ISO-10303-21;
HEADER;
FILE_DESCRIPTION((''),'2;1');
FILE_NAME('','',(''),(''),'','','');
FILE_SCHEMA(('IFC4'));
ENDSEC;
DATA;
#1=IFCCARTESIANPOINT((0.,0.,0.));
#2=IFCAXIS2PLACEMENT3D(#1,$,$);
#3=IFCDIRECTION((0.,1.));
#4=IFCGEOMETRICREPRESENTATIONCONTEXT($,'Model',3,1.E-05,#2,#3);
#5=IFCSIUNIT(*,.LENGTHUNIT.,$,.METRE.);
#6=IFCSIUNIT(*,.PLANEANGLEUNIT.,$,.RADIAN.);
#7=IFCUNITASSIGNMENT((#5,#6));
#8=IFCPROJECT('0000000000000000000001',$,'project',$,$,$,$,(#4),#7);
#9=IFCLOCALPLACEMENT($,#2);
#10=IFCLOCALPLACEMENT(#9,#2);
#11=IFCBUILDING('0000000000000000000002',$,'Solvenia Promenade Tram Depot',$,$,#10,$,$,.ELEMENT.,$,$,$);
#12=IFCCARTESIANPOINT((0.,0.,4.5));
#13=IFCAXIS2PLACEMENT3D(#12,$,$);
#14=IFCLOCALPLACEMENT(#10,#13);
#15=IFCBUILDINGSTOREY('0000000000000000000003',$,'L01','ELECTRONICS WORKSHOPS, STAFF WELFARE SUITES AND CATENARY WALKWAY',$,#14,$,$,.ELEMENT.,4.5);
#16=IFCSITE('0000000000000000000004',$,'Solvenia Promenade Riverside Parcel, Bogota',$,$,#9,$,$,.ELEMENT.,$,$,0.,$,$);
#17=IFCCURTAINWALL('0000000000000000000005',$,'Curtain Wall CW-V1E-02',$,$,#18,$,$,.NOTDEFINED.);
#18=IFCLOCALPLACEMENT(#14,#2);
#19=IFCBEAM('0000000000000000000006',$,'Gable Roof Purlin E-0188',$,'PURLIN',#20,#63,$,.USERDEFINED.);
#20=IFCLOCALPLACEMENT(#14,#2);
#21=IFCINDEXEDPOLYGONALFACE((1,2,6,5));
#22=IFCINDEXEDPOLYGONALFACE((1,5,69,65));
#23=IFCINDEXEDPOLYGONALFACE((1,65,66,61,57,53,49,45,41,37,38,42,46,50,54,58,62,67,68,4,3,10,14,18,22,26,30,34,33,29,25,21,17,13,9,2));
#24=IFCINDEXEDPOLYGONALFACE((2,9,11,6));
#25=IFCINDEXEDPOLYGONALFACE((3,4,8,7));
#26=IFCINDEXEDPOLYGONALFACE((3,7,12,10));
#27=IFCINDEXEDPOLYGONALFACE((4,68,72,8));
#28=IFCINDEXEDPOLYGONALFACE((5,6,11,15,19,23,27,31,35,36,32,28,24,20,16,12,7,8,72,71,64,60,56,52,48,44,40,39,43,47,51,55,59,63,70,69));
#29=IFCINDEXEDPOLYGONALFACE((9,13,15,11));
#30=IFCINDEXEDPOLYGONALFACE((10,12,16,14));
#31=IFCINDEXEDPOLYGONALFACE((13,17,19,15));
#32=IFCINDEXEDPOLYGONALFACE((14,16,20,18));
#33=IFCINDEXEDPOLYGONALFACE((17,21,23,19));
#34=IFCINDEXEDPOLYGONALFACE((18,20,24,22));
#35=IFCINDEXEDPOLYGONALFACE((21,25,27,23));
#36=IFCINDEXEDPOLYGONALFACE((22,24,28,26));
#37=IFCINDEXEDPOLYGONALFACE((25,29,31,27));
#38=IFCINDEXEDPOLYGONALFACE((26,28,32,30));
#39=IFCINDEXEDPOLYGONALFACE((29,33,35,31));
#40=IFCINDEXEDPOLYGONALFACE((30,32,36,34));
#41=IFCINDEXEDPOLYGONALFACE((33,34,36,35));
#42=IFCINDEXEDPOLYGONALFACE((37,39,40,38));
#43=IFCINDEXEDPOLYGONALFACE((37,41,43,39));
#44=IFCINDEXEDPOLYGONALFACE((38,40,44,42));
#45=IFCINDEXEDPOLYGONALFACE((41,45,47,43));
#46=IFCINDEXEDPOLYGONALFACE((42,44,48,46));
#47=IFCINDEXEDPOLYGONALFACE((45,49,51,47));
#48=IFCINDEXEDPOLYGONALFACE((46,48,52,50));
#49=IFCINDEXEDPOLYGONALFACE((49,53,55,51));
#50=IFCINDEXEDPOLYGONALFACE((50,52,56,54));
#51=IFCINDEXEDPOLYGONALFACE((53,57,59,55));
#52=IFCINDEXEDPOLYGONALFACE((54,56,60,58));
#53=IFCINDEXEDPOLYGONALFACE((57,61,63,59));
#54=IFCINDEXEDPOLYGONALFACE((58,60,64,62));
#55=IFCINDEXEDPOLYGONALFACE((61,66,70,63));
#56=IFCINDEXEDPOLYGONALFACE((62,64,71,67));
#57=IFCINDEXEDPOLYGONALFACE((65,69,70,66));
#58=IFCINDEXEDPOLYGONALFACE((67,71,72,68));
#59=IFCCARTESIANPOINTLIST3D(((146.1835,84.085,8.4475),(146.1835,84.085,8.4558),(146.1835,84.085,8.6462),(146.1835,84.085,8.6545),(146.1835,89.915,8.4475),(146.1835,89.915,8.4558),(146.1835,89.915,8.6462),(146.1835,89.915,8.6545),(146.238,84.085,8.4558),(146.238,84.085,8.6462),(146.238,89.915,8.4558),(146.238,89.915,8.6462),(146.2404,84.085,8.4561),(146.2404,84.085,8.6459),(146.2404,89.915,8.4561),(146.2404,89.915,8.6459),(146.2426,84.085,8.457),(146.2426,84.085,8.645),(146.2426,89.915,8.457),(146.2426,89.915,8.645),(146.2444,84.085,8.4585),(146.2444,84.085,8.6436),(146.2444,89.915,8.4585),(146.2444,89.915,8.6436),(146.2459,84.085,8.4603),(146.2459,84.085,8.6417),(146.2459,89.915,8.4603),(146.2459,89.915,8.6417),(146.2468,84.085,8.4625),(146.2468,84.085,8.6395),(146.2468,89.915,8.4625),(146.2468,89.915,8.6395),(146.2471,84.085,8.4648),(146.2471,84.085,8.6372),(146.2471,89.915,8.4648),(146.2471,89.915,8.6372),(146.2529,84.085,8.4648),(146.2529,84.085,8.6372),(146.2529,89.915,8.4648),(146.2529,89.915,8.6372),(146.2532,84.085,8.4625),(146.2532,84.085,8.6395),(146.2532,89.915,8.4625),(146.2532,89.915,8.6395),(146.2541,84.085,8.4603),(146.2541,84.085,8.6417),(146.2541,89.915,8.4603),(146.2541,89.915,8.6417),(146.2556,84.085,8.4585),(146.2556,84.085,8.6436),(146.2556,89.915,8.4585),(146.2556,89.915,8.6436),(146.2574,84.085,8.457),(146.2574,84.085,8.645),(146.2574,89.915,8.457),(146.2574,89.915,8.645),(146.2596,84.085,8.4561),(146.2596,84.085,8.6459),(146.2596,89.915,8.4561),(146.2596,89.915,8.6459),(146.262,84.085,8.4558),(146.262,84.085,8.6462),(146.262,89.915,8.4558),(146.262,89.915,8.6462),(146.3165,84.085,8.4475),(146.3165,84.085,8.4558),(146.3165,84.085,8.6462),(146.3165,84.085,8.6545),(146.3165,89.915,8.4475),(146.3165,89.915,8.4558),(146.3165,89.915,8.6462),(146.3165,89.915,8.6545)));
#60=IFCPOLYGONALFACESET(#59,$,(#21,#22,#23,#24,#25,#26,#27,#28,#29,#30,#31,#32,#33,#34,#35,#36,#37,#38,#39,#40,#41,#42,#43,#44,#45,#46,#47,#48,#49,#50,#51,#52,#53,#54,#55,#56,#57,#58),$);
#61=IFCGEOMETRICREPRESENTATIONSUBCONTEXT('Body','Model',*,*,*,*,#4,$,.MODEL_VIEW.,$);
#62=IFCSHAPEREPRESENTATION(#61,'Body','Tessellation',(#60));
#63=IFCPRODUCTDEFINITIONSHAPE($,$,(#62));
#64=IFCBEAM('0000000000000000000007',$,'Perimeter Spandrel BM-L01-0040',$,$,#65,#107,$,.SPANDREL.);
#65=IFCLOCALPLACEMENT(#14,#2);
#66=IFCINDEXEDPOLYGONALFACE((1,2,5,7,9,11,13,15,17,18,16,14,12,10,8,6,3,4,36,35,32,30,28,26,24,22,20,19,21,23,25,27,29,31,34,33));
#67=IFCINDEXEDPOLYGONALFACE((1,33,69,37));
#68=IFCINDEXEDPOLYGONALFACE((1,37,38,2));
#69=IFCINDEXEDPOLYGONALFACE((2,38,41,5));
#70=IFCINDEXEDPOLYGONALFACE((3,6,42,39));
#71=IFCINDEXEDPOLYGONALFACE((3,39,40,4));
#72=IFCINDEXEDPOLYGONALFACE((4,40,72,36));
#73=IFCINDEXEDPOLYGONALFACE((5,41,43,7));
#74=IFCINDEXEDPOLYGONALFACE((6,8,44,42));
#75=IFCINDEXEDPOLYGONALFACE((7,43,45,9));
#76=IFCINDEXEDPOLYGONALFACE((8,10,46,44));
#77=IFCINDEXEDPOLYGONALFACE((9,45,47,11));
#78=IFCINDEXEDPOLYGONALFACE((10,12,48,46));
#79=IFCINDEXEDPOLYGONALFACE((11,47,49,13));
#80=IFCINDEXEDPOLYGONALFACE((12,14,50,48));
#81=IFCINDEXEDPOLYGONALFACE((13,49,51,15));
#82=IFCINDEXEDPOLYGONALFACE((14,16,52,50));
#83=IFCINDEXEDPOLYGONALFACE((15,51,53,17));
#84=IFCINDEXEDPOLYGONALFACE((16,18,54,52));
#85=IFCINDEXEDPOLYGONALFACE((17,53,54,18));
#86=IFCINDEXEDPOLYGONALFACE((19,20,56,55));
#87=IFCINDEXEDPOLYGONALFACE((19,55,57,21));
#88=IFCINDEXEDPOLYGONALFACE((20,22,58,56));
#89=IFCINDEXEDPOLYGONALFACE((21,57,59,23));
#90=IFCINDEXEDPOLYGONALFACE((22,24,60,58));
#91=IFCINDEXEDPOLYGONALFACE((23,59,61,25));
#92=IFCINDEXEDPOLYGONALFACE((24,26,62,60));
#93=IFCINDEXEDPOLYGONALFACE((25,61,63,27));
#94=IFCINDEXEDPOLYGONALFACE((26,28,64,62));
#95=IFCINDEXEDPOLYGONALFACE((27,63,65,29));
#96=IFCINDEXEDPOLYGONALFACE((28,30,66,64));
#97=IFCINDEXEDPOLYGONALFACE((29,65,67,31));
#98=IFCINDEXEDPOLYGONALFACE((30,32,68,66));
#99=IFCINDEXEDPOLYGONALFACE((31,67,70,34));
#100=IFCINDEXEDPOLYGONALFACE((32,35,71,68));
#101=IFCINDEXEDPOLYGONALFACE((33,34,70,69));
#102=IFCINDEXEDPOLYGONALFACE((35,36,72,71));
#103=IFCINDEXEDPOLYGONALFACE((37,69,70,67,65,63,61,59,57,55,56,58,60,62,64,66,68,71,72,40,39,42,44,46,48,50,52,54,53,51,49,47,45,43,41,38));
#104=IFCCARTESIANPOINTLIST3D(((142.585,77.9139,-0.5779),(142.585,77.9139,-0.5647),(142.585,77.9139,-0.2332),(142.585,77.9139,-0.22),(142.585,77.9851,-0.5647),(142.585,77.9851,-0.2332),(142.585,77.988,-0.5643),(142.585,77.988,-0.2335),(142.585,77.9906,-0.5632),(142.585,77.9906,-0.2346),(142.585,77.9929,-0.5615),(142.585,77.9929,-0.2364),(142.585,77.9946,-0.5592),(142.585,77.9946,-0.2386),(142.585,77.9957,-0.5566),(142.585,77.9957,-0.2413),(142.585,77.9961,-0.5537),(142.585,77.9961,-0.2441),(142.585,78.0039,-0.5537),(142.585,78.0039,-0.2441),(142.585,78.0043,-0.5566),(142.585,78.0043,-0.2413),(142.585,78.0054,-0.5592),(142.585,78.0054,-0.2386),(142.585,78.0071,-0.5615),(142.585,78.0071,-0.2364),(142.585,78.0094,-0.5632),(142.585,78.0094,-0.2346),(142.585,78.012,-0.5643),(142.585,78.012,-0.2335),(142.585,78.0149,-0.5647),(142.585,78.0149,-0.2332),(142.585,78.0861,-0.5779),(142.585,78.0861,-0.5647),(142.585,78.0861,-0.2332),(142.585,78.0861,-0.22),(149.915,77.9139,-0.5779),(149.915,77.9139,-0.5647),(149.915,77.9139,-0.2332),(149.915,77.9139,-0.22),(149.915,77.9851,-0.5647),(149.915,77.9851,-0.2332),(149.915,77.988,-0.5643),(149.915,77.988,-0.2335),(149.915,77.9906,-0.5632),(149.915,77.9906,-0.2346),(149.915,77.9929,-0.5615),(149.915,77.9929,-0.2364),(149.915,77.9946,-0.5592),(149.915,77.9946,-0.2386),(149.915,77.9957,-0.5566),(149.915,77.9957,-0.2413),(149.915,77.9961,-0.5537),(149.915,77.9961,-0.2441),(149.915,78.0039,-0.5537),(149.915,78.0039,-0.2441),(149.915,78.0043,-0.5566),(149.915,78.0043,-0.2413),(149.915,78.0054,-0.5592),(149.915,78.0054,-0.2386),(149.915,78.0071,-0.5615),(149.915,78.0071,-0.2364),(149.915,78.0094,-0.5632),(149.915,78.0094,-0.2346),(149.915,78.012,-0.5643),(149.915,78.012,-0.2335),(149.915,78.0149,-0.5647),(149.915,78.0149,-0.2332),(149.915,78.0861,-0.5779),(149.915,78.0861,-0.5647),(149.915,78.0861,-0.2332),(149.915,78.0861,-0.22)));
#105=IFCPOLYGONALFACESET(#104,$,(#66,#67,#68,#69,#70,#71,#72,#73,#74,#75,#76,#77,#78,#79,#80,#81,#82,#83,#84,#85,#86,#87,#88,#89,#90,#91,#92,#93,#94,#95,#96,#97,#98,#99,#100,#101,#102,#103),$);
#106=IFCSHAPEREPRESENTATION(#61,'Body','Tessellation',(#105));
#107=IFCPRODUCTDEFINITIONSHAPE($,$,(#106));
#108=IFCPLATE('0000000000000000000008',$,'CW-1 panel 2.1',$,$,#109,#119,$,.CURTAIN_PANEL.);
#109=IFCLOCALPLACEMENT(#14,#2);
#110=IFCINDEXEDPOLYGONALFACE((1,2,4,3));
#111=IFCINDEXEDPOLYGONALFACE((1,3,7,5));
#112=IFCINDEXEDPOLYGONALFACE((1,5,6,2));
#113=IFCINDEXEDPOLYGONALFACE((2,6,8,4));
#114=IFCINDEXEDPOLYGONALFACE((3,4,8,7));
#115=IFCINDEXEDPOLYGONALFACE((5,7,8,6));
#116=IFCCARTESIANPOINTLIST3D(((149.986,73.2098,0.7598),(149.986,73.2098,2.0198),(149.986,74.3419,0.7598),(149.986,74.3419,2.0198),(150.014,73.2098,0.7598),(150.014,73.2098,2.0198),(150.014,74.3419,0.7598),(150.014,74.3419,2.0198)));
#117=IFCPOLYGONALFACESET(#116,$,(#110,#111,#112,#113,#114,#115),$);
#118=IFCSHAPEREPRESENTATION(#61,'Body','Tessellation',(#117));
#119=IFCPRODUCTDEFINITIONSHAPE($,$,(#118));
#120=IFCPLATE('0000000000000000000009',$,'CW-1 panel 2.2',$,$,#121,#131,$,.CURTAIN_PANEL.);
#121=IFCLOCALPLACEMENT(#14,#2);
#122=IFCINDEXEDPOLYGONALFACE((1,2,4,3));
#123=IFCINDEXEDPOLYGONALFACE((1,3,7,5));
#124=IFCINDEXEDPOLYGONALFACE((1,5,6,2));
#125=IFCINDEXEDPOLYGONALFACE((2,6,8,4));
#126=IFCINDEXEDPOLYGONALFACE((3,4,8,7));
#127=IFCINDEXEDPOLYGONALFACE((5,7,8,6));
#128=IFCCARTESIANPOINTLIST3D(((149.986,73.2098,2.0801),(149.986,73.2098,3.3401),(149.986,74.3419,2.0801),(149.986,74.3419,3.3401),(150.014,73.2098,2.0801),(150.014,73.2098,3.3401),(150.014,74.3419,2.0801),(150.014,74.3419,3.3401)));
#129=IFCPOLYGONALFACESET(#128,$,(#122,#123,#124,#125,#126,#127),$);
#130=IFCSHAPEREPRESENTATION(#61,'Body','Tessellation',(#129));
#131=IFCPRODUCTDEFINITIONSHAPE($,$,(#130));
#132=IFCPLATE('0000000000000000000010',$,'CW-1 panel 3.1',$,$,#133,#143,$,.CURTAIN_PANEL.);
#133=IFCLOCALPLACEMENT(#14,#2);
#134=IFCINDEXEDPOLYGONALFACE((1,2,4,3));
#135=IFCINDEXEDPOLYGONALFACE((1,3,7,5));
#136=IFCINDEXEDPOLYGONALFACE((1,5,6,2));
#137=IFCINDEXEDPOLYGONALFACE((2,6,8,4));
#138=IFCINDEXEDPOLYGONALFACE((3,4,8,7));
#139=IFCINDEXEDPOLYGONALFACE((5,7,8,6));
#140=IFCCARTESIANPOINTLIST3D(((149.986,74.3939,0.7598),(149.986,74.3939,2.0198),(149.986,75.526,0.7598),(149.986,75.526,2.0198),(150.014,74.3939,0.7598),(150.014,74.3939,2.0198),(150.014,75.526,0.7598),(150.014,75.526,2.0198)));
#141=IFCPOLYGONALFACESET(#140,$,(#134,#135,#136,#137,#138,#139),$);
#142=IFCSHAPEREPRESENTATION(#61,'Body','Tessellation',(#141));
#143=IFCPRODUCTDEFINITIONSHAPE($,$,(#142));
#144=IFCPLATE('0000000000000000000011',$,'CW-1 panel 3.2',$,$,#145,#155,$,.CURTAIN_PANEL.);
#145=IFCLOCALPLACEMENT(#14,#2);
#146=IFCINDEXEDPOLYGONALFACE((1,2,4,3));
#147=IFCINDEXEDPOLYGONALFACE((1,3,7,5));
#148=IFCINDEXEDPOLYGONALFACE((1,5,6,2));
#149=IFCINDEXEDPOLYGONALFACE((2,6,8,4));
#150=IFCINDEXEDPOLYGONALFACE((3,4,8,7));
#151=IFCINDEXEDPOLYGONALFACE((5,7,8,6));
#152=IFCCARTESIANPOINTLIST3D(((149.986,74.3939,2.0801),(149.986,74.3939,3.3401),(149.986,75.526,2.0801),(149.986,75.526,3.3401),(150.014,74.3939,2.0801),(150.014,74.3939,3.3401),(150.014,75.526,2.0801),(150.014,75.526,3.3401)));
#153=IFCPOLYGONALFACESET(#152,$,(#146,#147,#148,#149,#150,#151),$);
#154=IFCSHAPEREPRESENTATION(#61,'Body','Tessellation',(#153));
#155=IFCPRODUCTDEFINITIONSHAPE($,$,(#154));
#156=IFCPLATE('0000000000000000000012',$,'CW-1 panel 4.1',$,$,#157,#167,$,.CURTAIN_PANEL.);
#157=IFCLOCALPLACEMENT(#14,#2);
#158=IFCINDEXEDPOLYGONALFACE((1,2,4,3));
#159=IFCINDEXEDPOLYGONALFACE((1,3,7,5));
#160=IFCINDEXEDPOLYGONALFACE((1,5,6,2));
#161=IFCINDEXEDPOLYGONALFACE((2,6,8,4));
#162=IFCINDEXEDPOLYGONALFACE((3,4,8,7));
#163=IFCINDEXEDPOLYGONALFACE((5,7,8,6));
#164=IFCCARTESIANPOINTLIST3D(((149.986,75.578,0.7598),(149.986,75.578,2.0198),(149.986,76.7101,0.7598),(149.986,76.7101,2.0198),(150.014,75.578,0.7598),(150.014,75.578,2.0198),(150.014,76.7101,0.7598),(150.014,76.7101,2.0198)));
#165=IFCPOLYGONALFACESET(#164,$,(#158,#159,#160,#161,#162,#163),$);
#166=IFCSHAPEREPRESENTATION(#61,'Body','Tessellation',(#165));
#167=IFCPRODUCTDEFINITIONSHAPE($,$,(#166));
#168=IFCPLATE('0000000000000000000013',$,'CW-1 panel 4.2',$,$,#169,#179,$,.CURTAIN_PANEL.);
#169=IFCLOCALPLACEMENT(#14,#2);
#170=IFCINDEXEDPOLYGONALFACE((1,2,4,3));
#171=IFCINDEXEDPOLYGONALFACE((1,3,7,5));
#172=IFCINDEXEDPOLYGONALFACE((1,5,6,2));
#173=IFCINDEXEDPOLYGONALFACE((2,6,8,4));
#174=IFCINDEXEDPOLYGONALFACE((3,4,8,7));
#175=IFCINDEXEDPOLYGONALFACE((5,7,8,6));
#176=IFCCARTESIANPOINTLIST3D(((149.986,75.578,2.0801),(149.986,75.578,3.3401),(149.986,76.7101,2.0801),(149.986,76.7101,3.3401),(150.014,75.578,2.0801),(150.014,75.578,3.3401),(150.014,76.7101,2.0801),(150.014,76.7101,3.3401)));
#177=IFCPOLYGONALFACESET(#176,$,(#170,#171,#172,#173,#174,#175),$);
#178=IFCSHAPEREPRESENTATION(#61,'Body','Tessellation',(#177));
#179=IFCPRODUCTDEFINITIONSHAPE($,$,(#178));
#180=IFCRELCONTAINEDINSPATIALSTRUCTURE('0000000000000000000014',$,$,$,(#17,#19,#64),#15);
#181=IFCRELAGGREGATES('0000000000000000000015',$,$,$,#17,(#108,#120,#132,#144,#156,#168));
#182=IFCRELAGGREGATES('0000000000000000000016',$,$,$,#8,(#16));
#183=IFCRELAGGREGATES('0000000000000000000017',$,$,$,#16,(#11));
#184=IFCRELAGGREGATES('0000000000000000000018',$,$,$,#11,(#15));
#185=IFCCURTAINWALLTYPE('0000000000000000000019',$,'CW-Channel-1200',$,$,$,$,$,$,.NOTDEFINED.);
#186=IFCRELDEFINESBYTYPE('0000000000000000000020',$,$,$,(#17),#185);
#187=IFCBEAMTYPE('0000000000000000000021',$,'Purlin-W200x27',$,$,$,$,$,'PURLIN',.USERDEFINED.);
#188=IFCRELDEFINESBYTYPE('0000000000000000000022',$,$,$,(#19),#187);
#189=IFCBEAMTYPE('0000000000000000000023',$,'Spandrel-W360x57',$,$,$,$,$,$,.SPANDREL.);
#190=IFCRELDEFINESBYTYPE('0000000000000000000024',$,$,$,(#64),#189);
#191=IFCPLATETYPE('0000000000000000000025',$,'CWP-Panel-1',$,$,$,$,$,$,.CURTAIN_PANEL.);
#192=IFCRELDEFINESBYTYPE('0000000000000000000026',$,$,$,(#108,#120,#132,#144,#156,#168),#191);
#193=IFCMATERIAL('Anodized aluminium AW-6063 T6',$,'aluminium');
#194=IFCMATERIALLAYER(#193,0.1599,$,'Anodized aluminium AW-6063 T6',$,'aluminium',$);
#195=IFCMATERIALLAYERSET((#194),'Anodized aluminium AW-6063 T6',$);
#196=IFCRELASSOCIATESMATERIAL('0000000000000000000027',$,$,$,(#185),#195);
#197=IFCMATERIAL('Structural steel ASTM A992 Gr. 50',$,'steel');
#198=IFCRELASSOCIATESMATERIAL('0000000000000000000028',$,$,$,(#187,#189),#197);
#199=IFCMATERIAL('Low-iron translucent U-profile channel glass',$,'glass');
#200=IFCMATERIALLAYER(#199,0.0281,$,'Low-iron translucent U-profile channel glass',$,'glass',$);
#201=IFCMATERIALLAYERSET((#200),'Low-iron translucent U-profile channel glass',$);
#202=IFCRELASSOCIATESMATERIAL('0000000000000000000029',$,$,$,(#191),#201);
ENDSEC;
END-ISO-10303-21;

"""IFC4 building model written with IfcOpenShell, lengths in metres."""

from ifc_helpers import new_model, si_unit, direction, frame, origin, origin_2d, place, context, subcontext, project, spatial, rectangle, i_section, extrude, material, layer, layer_set, material_profile, profile_set, type_object, element, aggregate, save


model = new_model("IFC4")

# Units and contexts
model_context = context("Model", 3, precision=1e-05, world=origin(), true_north=direction((0.0, 1.0)))
body_context = subcontext(model_context, "Body", "Model", "MODEL_VIEW")
ifc_project = project(units=[si_unit("LENGTHUNIT", "METRE"), si_unit("PLANEANGLEUNIT", "RADIAN")], contexts=[model_context])

# Site, building, storey
site_placement = place(None, origin())
site = spatial("IfcSite", under=ifc_project, at=site_placement, Name="Solvenia Promenade Riverside Parcel, Bogota", CompositionType="ELEMENT", RefElevation=0.0)
building_placement = place(site_placement, origin())
building = spatial("IfcBuilding", under=site, at=building_placement, Name="Solvenia Promenade Tram Depot", CompositionType="ELEMENT")
storey_placement = place(building_placement, frame((0.0, 0.0, 4.5)))
storey = spatial("IfcBuildingStorey", under=building, at=storey_placement, Name="L01", Description="ELECTRONICS WORKSHOPS, STAFF WELFARE SUITES AND CATENARY WALKWAY", CompositionType="ELEMENT", Elevation=4.5)

# Curtain wall
ifc_material_1 = material(Name="Anodized aluminium AW-6063 T6", Category="aluminium")
ifc_layer_1 = layer(ifc_material_1, 0.1599, Name="Anodized aluminium AW-6063 T6", Category="aluminium")
ifc_layer_set_1 = layer_set([ifc_layer_1], Name="Anodized aluminium AW-6063 T6")
curtain_wall_type = type_object("IfcCurtainWallType", Name="CW-Channel-1200", PredefinedType="NOTDEFINED", material=ifc_layer_set_1)
curtain_wall_placement = place(storey_placement, origin())
curtain_wall = element("IfcCurtainWall", 1, at=curtain_wall_placement, inside=storey, type_object=curtain_wall_type, Name="Curtain Wall CW-V1E-02", PredefinedType="NOTDEFINED")

# Beams
ifc_material_2 = material(Name="Structural steel ASTM A992 Gr. 50", Category="steel")
ifc_material_profile_1 = material_profile(ifc_material_2, i_section(OverallWidth=0.1331, OverallDepth=0.207, WebThickness=0.0059, FlangeThickness=0.0083, FilletRadius=0.009, at=origin_2d()), Name="W200x27", Category="steel")
ifc_profile_set_1 = profile_set([ifc_material_profile_1], Name="Structural steel ASTM A992 Gr. 50")
beam_type_1 = type_object("IfcBeamType", Name="Purlin-W200x27", ElementType="PURLIN", PredefinedType="USERDEFINED", material=ifc_profile_set_1)
for number, where, z_axis, x_axis, name in (
    (2, (146.25, 84.085, 8.551), (0.0, 1.0, 0.0), (-1.0, 0.0, 0.0), "Gable Roof Purlin E-0188"),
):
    element("IfcBeam", number, at=place(storey_placement, frame(where, z_axis=z_axis, x_axis=x_axis)), inside=storey, type_object=beam_type_1, Name=name, ObjectType="PURLIN", PredefinedType="USERDEFINED", context=body_context, shape_type="SweptSolid", body=[
        extrude(i_section(OverallWidth=0.1331, OverallDepth=0.207, WebThickness=0.0059, FlangeThickness=0.0083, FilletRadius=0.009, at=origin_2d()), origin(), (0.0, 0.0, 1.0), 5.8301),
    ])
ifc_material_profile_2 = material_profile(ifc_material_2, i_section(OverallWidth=0.1721, OverallDepth=0.3579, WebThickness=0.0078, FlangeThickness=0.0132, FilletRadius=0.011, at=origin_2d()), Name="W360x57", Category="steel")
ifc_profile_set_2 = profile_set([ifc_material_profile_2], Name="Structural steel ASTM A992 Gr. 50")
beam_type_2 = type_object("IfcBeamType", Name="Spandrel-W360x57", PredefinedType="SPANDREL", material=ifc_profile_set_2)
beam_1_placement = place(storey_placement, frame((142.585, 78.0, -0.3989), z_axis=(1.0, 0.0, 0.0), x_axis=(0.0, 1.0, 0.0)))
element("IfcBeam", 3, at=beam_1_placement, inside=storey, type_object=beam_type_2, Name="Perimeter Spandrel BM-L01-0040", PredefinedType="SPANDREL", context=body_context, shape_type="SweptSolid", body=[
    extrude(i_section(OverallWidth=0.1721, OverallDepth=0.3579, WebThickness=0.0078, FlangeThickness=0.0132, FilletRadius=0.011, at=origin_2d()), origin(), (0.0, 0.0, 1.0), 7.3301),
])

# Plates
ifc_material_3 = material(Name="Low-iron translucent U-profile channel glass", Category="glass")
ifc_layer_2 = layer(ifc_material_3, 0.0281, Name="Low-iron translucent U-profile channel glass", Category="glass")
ifc_layer_set_2 = layer_set([ifc_layer_2], Name="Low-iron translucent U-profile channel glass")
plate_type = type_object("IfcPlateType", Name="CWP-Panel-1", PredefinedType="CURTAIN_PANEL", material=ifc_layer_set_2)
plate_1_placement = place(storey_placement, frame((150.0, 73.7759, 0.7598), z_axis=(0.0, 0.0, 1.0), x_axis=(0.0, 1.0, 0.0)))
plate_1 = element("IfcPlate", 4, at=plate_1_placement, type_object=plate_type, Name="CW-1 panel 2.1", PredefinedType="CURTAIN_PANEL", context=body_context, shape_type="SweptSolid", body=[
    extrude(rectangle(XDim=1.1321, YDim=0.0281, at=origin_2d()), origin(), (0.0, 0.0, 1.0), 1.26),
])
plate_2_placement = place(storey_placement, frame((150.0, 73.7759, 2.0801), z_axis=(0.0, 0.0, 1.0), x_axis=(0.0, 1.0, 0.0)))
plate_2 = element("IfcPlate", 5, at=plate_2_placement, type_object=plate_type, Name="CW-1 panel 2.2", PredefinedType="CURTAIN_PANEL", context=body_context, shape_type="SweptSolid", body=[
    extrude(rectangle(XDim=1.1321, YDim=0.0281, at=origin_2d()), origin(), (0.0, 0.0, 1.0), 1.26),
])
plate_3_placement = place(storey_placement, frame((150.0, 74.96, 0.7598), z_axis=(0.0, 0.0, 1.0), x_axis=(0.0, 1.0, 0.0)))
plate_3 = element("IfcPlate", 6, at=plate_3_placement, type_object=plate_type, Name="CW-1 panel 3.1", PredefinedType="CURTAIN_PANEL", context=body_context, shape_type="SweptSolid", body=[
    extrude(rectangle(XDim=1.1321, YDim=0.0281, at=origin_2d()), origin(), (0.0, 0.0, 1.0), 1.26),
])
plate_4_placement = place(storey_placement, frame((150.0, 74.96, 2.0801), z_axis=(0.0, 0.0, 1.0), x_axis=(0.0, 1.0, 0.0)))
plate_4 = element("IfcPlate", 7, at=plate_4_placement, type_object=plate_type, Name="CW-1 panel 3.2", PredefinedType="CURTAIN_PANEL", context=body_context, shape_type="SweptSolid", body=[
    extrude(rectangle(XDim=1.1321, YDim=0.0281, at=origin_2d()), origin(), (0.0, 0.0, 1.0), 1.26),
])
plate_5_placement = place(storey_placement, frame((150.0, 76.144, 0.7598), z_axis=(0.0, 0.0, 1.0), x_axis=(0.0, 1.0, 0.0)))
plate_5 = element("IfcPlate", 8, at=plate_5_placement, type_object=plate_type, Name="CW-1 panel 4.1", PredefinedType="CURTAIN_PANEL", context=body_context, shape_type="SweptSolid", body=[
    extrude(rectangle(XDim=1.1321, YDim=0.0281, at=origin_2d()), origin(), (0.0, 0.0, 1.0), 1.26),
])
plate_6_placement = place(storey_placement, frame((150.0, 76.144, 2.0801), z_axis=(0.0, 0.0, 1.0), x_axis=(0.0, 1.0, 0.0)))
plate_6 = element("IfcPlate", 9, at=plate_6_placement, type_object=plate_type, Name="CW-1 panel 4.2", PredefinedType="CURTAIN_PANEL", context=body_context, shape_type="SweptSolid", body=[
    extrude(rectangle(XDim=1.1321, YDim=0.0281, at=origin_2d()), origin(), (0.0, 0.0, 1.0), 1.26),
])
aggregate(curtain_wall, [plate_1, plate_2, plate_3, plate_4, plate_5, plate_6])

save(model, "model.ifc")
